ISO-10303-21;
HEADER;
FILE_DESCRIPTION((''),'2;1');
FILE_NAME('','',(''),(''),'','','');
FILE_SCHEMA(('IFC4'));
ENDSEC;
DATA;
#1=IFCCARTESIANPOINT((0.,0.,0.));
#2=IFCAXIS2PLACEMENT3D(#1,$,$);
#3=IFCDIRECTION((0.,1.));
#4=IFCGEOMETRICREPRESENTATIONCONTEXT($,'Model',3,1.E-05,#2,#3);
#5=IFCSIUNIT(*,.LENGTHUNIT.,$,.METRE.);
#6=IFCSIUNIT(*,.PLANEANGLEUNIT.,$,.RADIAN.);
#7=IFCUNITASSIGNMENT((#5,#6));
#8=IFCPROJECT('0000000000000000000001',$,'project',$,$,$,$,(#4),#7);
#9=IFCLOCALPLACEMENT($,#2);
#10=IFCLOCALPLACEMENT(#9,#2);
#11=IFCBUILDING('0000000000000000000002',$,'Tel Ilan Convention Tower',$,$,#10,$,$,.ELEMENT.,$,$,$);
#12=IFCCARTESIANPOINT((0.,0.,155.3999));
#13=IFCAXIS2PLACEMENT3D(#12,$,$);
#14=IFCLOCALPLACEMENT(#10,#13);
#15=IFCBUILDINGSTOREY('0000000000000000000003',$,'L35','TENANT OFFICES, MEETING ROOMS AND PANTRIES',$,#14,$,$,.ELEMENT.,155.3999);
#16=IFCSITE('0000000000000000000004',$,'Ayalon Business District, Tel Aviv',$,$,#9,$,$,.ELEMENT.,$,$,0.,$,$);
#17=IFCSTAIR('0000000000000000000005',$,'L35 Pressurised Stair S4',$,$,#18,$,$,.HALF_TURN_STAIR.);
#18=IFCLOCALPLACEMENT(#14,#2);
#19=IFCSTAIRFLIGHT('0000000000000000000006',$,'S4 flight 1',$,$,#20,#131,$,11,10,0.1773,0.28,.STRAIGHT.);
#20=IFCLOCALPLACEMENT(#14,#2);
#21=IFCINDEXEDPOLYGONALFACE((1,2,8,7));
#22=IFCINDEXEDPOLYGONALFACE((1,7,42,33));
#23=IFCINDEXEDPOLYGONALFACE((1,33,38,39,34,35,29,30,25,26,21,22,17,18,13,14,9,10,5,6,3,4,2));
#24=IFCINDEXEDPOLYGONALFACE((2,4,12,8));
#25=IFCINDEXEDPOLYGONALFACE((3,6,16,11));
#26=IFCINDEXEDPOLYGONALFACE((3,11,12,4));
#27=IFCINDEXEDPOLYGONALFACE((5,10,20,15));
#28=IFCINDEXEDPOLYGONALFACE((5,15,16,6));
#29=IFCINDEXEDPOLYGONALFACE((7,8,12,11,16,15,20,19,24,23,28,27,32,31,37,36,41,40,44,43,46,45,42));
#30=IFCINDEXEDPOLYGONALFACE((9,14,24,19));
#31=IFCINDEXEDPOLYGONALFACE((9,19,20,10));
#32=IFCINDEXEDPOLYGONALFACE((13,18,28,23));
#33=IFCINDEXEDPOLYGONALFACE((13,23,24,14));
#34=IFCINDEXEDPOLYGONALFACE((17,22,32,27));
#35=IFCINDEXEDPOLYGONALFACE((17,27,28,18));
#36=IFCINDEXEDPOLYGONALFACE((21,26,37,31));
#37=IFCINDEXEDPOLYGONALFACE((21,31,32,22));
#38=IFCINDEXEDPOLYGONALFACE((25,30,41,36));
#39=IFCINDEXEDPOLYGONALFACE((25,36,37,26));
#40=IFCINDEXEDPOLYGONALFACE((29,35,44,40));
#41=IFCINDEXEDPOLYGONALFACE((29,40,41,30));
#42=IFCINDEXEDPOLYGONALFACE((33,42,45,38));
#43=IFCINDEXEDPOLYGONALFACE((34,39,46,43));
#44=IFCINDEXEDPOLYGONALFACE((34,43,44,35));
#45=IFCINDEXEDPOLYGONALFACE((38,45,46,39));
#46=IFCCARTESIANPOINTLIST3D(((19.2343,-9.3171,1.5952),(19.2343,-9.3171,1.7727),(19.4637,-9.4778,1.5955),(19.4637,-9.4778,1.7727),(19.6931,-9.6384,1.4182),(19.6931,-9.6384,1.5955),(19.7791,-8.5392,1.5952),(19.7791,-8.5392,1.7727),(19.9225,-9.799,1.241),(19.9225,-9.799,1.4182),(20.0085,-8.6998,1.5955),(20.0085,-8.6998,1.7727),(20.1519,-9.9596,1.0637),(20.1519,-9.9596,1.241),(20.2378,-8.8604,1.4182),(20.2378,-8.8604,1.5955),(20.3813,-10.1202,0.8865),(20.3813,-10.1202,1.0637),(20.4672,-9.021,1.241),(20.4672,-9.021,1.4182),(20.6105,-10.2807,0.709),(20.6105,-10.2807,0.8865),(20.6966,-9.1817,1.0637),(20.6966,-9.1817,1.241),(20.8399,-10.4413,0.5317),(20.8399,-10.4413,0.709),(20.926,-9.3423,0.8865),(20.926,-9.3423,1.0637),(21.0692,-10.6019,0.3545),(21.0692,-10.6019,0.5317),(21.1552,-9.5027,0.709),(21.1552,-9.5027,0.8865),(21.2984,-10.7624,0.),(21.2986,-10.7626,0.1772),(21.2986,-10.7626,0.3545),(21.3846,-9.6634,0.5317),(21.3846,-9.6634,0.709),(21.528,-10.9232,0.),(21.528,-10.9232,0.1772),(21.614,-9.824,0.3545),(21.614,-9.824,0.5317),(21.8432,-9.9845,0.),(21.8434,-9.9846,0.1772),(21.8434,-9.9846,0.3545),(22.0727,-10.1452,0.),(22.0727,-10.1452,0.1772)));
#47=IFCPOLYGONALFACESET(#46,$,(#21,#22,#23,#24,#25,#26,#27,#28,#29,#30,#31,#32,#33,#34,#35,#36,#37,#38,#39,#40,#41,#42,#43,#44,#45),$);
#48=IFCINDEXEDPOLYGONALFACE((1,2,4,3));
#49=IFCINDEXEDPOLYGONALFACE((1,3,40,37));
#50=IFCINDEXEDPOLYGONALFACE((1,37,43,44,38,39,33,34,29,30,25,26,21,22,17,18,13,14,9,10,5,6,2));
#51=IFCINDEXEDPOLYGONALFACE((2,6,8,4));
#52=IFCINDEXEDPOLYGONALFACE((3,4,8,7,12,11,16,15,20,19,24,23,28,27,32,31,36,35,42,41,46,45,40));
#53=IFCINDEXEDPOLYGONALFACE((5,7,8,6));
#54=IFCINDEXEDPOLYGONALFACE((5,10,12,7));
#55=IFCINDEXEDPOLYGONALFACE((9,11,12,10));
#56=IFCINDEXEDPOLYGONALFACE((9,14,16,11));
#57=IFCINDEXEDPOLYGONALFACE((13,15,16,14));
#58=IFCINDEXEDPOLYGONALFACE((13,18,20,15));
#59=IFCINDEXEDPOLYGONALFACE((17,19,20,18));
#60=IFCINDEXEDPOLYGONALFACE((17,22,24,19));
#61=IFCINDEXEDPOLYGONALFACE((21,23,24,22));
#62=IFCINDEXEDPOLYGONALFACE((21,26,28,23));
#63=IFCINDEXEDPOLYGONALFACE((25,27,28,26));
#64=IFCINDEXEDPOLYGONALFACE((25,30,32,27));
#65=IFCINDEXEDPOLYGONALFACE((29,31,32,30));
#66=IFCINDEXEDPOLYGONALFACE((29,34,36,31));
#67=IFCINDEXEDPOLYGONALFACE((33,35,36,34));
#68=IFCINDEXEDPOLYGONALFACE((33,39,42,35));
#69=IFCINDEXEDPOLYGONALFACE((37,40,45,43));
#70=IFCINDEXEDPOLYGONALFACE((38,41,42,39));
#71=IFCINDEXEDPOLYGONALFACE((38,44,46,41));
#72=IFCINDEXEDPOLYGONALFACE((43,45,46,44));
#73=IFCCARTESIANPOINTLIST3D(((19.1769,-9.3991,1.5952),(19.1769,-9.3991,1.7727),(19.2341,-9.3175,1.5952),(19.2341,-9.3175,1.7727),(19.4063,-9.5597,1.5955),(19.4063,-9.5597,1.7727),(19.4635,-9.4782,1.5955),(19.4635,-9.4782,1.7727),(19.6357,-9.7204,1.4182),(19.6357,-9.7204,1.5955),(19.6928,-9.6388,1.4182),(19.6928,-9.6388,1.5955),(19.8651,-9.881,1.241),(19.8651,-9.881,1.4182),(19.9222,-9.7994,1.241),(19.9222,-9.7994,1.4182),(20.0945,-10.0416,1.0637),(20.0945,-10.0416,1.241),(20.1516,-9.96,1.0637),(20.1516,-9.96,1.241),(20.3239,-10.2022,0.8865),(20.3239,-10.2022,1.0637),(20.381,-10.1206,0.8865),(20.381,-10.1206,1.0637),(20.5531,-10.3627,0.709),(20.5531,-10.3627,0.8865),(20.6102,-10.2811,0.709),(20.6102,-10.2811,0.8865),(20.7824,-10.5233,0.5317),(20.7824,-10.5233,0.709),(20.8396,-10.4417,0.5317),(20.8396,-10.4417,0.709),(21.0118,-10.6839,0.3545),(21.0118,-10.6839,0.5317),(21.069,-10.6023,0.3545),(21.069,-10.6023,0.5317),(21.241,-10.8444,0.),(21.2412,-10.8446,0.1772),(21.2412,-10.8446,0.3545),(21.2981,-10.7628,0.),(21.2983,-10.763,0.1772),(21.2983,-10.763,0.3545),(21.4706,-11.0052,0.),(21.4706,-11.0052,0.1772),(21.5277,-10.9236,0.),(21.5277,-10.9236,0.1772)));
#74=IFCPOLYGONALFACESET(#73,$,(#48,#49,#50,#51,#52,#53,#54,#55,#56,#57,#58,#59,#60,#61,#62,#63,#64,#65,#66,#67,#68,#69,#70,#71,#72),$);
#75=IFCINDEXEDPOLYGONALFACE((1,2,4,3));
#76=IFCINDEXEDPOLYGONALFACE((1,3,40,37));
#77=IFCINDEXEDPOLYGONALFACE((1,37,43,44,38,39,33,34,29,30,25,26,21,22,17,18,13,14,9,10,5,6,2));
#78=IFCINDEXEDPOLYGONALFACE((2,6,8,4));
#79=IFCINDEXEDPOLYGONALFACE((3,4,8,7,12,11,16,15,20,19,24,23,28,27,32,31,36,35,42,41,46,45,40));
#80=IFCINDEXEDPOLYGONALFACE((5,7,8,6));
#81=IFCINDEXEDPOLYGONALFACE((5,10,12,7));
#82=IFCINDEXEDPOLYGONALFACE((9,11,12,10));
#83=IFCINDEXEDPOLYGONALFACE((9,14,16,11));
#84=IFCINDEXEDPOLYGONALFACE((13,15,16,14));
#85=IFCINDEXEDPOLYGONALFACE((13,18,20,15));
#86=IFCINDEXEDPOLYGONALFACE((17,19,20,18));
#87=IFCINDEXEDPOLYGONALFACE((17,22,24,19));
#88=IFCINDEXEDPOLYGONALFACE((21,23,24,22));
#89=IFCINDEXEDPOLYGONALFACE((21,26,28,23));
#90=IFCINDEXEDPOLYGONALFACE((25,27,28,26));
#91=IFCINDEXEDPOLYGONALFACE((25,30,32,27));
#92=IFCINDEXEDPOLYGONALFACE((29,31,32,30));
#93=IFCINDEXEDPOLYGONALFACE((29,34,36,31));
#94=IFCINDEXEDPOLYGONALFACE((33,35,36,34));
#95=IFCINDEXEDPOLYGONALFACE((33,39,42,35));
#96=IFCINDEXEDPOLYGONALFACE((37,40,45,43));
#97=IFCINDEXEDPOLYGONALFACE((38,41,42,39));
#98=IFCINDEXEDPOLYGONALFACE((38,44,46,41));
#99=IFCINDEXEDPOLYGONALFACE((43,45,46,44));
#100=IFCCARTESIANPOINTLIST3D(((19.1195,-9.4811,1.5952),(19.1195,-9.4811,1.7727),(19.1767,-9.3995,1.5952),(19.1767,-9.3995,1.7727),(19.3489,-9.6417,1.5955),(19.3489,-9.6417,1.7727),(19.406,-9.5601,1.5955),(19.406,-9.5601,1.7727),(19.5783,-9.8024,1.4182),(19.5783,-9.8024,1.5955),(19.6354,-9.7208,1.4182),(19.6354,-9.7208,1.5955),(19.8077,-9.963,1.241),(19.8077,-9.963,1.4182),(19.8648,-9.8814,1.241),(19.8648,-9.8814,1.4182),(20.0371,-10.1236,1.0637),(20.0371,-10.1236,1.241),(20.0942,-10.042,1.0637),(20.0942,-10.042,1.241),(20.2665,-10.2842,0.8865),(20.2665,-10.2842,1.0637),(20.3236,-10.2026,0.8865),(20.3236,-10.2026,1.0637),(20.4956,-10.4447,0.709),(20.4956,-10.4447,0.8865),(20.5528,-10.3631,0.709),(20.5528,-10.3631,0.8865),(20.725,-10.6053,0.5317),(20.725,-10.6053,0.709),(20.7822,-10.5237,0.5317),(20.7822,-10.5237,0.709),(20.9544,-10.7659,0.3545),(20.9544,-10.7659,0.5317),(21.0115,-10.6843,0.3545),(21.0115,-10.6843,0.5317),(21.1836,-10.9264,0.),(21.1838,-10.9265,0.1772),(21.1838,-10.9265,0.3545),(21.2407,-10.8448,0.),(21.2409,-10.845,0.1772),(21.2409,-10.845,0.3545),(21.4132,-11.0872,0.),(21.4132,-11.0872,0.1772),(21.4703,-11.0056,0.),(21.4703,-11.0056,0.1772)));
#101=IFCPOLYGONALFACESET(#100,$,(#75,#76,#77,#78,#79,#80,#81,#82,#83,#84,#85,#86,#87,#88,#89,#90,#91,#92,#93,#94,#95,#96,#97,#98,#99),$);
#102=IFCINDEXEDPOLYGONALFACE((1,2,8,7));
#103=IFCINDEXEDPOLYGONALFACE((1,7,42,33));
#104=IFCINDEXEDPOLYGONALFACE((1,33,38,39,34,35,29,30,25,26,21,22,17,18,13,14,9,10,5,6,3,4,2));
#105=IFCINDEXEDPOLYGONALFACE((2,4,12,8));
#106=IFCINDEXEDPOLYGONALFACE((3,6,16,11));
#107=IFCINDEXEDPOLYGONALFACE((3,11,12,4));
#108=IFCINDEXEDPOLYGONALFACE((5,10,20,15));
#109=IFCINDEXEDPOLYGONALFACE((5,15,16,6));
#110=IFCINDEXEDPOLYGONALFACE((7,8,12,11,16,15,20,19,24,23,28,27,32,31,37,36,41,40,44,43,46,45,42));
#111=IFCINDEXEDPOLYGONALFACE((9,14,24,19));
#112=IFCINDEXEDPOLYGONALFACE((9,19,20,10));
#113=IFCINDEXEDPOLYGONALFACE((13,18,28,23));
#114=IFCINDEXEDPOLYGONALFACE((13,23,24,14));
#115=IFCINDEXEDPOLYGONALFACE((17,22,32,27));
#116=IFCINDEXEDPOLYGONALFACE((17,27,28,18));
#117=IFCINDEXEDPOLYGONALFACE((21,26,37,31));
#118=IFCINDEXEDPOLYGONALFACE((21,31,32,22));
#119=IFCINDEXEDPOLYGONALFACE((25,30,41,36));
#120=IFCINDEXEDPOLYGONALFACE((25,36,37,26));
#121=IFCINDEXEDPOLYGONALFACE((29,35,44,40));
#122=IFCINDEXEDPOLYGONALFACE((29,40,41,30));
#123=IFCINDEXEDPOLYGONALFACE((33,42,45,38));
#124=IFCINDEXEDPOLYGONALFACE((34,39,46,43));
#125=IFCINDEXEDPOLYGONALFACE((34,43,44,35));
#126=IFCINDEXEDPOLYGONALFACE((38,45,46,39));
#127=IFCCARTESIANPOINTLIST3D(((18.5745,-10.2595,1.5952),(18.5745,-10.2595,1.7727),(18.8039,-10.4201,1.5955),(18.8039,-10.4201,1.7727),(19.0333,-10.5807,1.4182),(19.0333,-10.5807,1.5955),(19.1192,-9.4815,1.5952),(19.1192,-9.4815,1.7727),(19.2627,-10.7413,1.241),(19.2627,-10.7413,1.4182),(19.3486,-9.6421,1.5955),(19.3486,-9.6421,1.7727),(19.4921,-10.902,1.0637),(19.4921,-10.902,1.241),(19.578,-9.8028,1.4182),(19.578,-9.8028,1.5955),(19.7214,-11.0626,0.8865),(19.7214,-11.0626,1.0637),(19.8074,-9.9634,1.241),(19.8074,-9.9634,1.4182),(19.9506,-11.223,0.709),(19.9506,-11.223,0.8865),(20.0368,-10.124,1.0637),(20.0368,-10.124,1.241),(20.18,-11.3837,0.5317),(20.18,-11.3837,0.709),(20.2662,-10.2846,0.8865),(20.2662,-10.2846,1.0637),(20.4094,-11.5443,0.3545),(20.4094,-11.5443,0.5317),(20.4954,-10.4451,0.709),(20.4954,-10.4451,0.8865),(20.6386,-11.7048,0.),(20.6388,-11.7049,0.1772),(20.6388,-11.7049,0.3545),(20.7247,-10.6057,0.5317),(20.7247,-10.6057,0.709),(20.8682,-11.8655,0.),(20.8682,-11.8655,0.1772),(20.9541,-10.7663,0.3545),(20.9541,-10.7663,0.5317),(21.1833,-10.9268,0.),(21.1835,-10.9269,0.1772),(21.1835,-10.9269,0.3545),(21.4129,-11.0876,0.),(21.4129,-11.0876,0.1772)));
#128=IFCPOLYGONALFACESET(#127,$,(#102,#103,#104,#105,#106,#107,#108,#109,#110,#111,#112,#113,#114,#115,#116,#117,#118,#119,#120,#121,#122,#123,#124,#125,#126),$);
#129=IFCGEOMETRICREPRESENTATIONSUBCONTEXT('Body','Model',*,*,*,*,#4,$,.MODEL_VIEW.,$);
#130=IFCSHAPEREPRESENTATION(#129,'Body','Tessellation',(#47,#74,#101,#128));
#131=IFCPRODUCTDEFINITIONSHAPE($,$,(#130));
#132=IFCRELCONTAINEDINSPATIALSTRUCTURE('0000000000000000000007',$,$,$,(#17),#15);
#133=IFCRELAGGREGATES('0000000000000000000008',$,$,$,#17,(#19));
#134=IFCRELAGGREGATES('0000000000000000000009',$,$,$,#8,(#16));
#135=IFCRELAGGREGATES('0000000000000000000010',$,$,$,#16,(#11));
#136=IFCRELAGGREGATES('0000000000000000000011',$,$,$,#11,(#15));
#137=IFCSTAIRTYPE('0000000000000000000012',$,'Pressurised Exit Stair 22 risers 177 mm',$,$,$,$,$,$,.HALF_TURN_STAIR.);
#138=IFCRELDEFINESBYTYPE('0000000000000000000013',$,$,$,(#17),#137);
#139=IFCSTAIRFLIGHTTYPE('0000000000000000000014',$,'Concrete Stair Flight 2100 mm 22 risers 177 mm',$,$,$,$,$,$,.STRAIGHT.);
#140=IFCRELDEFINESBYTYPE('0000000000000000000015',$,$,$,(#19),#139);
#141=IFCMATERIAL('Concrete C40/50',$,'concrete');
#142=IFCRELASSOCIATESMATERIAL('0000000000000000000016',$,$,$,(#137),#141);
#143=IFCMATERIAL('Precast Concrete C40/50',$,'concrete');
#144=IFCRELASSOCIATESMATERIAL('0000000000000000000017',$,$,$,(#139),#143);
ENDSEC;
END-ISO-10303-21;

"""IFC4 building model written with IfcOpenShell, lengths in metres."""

from ifc_helpers import new_model, si_unit, direction, frame, origin, place, context, subcontext, project, spatial, polyline, outline, extrude, material, type_object, element, aggregate, save


model = new_model("IFC4")

# Units and contexts
model_context = context("Model", 3, precision=1e-05, world=origin(), true_north=direction((0.0, 1.0)))
body_context = subcontext(model_context, "Body", "Model", "MODEL_VIEW")
ifc_project = project(units=[si_unit("LENGTHUNIT", "METRE"), si_unit("PLANEANGLEUNIT", "RADIAN")], contexts=[model_context])

# Site, building, storey
site_placement = place(None, origin())
site = spatial("IfcSite", under=ifc_project, at=site_placement, Name="Ayalon Business District, Tel Aviv", CompositionType="ELEMENT", RefElevation=0.0)
building_placement = place(site_placement, origin())
building = spatial("IfcBuilding", under=site, at=building_placement, Name="Tel Ilan Convention Tower", CompositionType="ELEMENT")
storey_placement = place(building_placement, frame((0.0, 0.0, 155.3999)))
storey = spatial("IfcBuildingStorey", under=building, at=storey_placement, Name="L35", Description="TENANT OFFICES, MEETING ROOMS AND PANTRIES", CompositionType="ELEMENT", Elevation=155.3999)

# Shared definitions
ifc_material_1 = material(Name="Concrete C40/50", Category="concrete")
stair_type = type_object("IfcStairType", Name="Pressurised Exit Stair 22 risers 177 mm", PredefinedType="HALF_TURN_STAIR", material=ifc_material_1)
ifc_material_2 = material(Name="Precast Concrete C40/50", Category="concrete")
stair_flight_type = type_object("IfcStairFlightType", Name="Concrete Stair Flight 2100 mm 22 risers 177 mm", PredefinedType="STRAIGHT", material=ifc_material_2)

# Stair, stair flight
stair_1_placement = place(storey_placement, origin())
stair_1 = element("IfcStair", 1, at=stair_1_placement, inside=storey, type_object=stair_type, Name="L35 Pressurised Stair S4", PredefinedType="HALF_TURN_STAIR")
stair_flight_1_placement = place(storey_placement, frame((21.4705, -11.0054, 0.0), z_axis=(0.0, 0.0, 1.0), x_axis=(-0.819152, 0.573576, 0.0)))
stair_flight_1 = element("IfcStairFlight", 2, at=stair_flight_1_placement, type_object=stair_flight_type, Name="S4 flight 1", NumberOfRisers=11, NumberOfTreads=10, PredefinedType="STRAIGHT", RiserHeight=0.1773, TreadLength=0.28, context=body_context, shape_type="SweptSolid", body=[
    extrude(outline(polyline([(0.0, 0.0), (0.0, 0.1772), (0.28, 0.1772), (0.28, 0.3545), (0.5601, 0.3545), (0.5601, 0.5317), (0.8401, 0.5317), (0.8401, 0.709), (1.1201, 0.709), (1.1201, 0.8865), (1.3999, 0.8865), (1.3999, 1.0637), (1.6799, 1.0637), (1.6799, 1.241), (1.96, 1.241), (1.96, 1.4182), (2.24, 1.4182), (2.24, 1.5955), (2.52, 1.5955), (2.52, 1.7727), (2.8, 1.7727), (2.8, 1.95), (2.8, 1.5952), (0.2803, 0.0), (0.0, 0.0)])), frame((0.0, -0.1003, 0.0), z_axis=(0.0, -1.0, 0.0), x_axis=(1.0, 0.0, 0.0)), (0.0, 0.0, 1.0), 0.9497),
    extrude(outline(polyline([(0.0, 0.0), (0.0, 0.1772), (0.28, 0.1772), (0.28, 0.3545), (0.5601, 0.3545), (0.5601, 0.5317), (0.8401, 0.5317), (0.8401, 0.709), (1.1201, 0.709), (1.1201, 0.8865), (1.3999, 0.8865), (1.3999, 1.0637), (1.6799, 1.0637), (1.6799, 1.241), (1.96, 1.241), (1.96, 1.4182), (2.24, 1.4182), (2.24, 1.5955), (2.52, 1.5955), (2.52, 1.7727), (2.8, 1.7727), (2.8, 1.95), (2.8, 1.5952), (0.2803, 0.0), (0.0, 0.0)])), frame((0.0, -0.0002, 0.0), z_axis=(0.0, -1.0, 0.0), x_axis=(1.0, 0.0, 0.0)), (0.0, 0.0, 1.0), 0.0996),
    extrude(outline(polyline([(0.0, 0.0), (0.0, 0.1772), (0.28, 0.1772), (0.28, 0.3545), (0.5601, 0.3545), (0.5601, 0.5317), (0.8401, 0.5317), (0.8401, 0.709), (1.1201, 0.709), (1.1201, 0.8865), (1.3999, 0.8865), (1.3999, 1.0637), (1.6799, 1.0637), (1.6799, 1.241), (1.96, 1.241), (1.96, 1.4182), (2.24, 1.4182), (2.24, 1.5955), (2.52, 1.5955), (2.52, 1.7727), (2.8, 1.7727), (2.8, 1.95), (2.8, 1.5952), (0.2803, 0.0), (0.0, 0.0)])), frame((0.0, 0.0999, 0.0), z_axis=(0.0, -1.0, 0.0), x_axis=(1.0, 0.0, 0.0)), (0.0, 0.0, 1.0), 0.0996),
    extrude(outline(polyline([(0.0, 0.0), (0.0, 0.1772), (0.28, 0.1772), (0.28, 0.3545), (0.5601, 0.3545), (0.5601, 0.5317), (0.8401, 0.5317), (0.8401, 0.709), (1.1201, 0.709), (1.1201, 0.8865), (1.3999, 0.8865), (1.3999, 1.0637), (1.6799, 1.0637), (1.6799, 1.241), (1.96, 1.241), (1.96, 1.4182), (2.24, 1.4182), (2.24, 1.5955), (2.52, 1.5955), (2.52, 1.7727), (2.8, 1.7727), (2.8, 1.95), (2.8, 1.5952), (0.2803, 0.0), (0.0, 0.0)])), frame((0.0, 1.05, 0.0), z_axis=(0.0, -1.0, 0.0), x_axis=(1.0, 0.0, 0.0)), (0.0, 0.0, 1.0), 0.9497),
])
aggregate(stair_1, [stair_flight_1])

save(model, "model.ifc")
